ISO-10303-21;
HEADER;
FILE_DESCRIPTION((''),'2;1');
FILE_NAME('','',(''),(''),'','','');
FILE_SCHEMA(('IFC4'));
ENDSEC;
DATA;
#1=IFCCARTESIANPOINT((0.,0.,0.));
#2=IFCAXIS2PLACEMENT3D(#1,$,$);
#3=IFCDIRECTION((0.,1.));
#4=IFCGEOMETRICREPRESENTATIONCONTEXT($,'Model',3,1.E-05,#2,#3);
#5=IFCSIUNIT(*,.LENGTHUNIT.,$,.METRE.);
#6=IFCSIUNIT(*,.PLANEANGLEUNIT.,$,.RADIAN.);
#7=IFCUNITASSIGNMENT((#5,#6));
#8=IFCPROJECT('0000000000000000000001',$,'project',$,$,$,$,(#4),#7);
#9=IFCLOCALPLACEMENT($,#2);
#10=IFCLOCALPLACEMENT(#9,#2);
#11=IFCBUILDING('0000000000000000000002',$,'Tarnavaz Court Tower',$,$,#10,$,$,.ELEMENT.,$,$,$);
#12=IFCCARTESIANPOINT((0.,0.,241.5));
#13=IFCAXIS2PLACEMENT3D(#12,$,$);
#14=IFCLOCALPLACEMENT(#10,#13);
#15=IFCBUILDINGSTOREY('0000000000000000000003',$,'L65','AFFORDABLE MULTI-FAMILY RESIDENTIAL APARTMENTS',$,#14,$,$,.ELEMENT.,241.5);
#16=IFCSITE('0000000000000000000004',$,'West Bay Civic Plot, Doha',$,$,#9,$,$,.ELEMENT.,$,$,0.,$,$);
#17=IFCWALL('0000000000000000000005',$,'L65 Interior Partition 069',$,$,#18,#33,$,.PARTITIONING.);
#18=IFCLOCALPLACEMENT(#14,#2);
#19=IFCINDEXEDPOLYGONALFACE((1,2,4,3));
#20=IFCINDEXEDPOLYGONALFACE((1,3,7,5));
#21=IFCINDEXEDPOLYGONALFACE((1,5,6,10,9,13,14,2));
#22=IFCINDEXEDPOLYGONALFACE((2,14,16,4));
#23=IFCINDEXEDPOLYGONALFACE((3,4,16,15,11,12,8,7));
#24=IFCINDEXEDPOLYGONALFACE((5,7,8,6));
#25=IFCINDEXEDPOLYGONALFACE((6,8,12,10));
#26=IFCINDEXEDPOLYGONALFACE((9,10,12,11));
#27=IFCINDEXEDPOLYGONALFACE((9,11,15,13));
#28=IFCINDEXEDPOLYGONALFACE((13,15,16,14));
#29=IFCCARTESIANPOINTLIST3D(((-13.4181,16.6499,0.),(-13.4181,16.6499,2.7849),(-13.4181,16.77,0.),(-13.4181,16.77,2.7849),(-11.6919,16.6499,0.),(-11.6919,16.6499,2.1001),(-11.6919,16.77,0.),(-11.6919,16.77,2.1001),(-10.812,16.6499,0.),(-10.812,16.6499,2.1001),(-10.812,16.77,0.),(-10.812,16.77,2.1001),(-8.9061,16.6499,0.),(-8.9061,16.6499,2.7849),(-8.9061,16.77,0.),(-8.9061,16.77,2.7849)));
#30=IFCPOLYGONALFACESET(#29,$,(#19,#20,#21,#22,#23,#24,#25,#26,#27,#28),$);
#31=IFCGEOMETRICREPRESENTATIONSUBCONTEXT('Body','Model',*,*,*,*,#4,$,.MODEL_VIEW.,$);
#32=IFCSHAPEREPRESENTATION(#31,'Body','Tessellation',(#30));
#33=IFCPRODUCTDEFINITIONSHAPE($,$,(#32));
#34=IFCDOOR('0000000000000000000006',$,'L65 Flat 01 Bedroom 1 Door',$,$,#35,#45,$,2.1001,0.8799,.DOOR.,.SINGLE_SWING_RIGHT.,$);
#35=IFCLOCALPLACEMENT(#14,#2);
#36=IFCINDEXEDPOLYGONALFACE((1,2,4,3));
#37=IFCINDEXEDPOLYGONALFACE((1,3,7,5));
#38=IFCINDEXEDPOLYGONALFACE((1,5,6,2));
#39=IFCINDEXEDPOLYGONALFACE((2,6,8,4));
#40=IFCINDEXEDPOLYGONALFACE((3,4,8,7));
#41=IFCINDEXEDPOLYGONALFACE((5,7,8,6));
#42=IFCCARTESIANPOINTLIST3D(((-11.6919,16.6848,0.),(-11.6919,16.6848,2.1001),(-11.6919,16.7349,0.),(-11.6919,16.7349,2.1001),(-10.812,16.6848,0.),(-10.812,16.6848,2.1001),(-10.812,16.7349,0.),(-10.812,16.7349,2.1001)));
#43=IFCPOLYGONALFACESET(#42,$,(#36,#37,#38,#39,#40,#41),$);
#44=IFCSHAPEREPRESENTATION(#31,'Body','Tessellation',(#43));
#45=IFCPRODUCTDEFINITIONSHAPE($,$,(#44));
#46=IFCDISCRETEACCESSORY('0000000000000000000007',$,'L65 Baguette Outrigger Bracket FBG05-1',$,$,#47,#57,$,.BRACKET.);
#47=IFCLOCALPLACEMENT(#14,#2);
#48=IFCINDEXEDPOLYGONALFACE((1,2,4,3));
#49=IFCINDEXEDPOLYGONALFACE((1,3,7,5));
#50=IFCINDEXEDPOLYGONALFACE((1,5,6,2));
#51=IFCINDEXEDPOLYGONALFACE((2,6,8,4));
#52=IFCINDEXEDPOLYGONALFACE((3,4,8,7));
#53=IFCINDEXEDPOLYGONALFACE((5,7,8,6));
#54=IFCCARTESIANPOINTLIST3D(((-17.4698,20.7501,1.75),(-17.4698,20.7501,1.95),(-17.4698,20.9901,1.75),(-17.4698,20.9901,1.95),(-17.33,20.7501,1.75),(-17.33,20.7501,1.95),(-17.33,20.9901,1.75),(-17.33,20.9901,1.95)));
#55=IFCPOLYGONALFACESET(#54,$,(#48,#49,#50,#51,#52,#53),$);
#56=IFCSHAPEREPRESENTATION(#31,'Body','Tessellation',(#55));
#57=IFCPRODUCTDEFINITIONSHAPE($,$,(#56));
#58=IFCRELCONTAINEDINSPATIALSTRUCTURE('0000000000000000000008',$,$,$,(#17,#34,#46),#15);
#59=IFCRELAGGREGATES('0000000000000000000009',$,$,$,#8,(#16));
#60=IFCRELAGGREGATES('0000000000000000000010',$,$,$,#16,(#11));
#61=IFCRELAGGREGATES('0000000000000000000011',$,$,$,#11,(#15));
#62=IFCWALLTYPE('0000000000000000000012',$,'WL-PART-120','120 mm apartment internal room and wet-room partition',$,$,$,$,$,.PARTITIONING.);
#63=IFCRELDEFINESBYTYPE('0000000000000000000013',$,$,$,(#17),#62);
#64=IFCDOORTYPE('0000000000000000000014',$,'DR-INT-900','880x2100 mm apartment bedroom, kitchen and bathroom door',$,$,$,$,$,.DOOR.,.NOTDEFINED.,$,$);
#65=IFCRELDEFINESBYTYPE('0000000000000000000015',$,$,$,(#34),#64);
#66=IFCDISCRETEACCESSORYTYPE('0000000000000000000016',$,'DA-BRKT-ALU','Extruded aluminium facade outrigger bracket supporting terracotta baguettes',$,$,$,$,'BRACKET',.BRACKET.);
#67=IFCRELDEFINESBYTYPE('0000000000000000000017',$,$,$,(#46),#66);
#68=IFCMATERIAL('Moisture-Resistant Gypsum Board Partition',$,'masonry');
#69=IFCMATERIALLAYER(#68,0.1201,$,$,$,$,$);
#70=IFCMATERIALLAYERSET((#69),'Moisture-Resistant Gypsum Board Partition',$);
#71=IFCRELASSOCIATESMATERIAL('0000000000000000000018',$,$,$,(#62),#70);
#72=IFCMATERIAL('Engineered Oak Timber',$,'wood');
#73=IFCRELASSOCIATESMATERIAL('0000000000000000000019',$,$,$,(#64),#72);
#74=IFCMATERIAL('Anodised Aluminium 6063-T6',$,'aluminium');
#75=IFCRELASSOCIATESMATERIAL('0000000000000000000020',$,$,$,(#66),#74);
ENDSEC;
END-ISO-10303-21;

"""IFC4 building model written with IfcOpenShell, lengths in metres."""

from ifc_helpers import new_model, si_unit, direction, frame, frame_2d, origin, origin_2d, place, context, subcontext, project, spatial, rectangle, extrude, material, layer, layer_set, type_object, element, fill, save


model = new_model("IFC4")

# Units and contexts
model_context = context("Model", 3, precision=1e-05, world=origin(), true_north=direction((0.0, 1.0)))
body_context = subcontext(model_context, "Body", "Model", "MODEL_VIEW")
ifc_project = project(units=[si_unit("LENGTHUNIT", "METRE"), si_unit("PLANEANGLEUNIT", "RADIAN")], contexts=[model_context])

# Site, building, storey
site_placement = place(None, origin())
site = spatial("IfcSite", under=ifc_project, at=site_placement, Name="West Bay Civic Plot, Doha", CompositionType="ELEMENT", RefElevation=0.0)
building_placement = place(site_placement, origin())
building = spatial("IfcBuilding", under=site, at=building_placement, Name="Tarnavaz Court Tower", CompositionType="ELEMENT")
storey_placement = place(building_placement, frame((0.0, 0.0, 241.5)))
storey = spatial("IfcBuildingStorey", under=building, at=storey_placement, Name="L65", Description="AFFORDABLE MULTI-FAMILY RESIDENTIAL APARTMENTS", CompositionType="ELEMENT", Elevation=241.5)

# Wall, opening, door
ifc_material_1 = material(Name="Moisture-Resistant Gypsum Board Partition", Category="masonry")
ifc_layer = layer(ifc_material_1, 0.1201)
ifc_layer_set = layer_set([ifc_layer], Name="Moisture-Resistant Gypsum Board Partition")
wall_type = type_object("IfcWallType", Name="WL-PART-120", Description="120 mm apartment internal room and wet-room partition", PredefinedType="PARTITIONING", material=ifc_layer_set)
ifc_material_2 = material(Name="Engineered Oak Timber", Category="wood")
door_type_1 = type_object("IfcDoorType", Name="DR-INT-900", Description="880x2100 mm apartment bedroom, kitchen and bathroom door", OperationType="NOTDEFINED", PredefinedType="DOOR", material=ifc_material_2)
wall_1_placement = place(storey_placement, frame((-13.418, 16.71, 0.0), z_axis=(0.0, 0.0, 1.0), x_axis=(1.0, 0.0, 0.0)))
wall_1 = element("IfcWall", 1, at=wall_1_placement, inside=storey, type_object=wall_type, Name="L65 Interior Partition 069", PredefinedType="PARTITIONING", context=body_context, shape_type="SweptSolid", body=[
    extrude(rectangle(XDim=4.512, YDim=0.1201, at=frame_2d((2.2559, 0.0))), origin(), (0.0, 0.0, 1.0), 2.7849),
])
opening_1_placement = place(wall_1_placement, frame((1.7261, 0.0, 0.0)))
opening_1 = element("IfcOpeningElement", 2, at=opening_1_placement, cuts=wall_1, PredefinedType="OPENING", context=body_context, shape_type="SweptSolid", body=[
    extrude(rectangle(XDim=0.8799, YDim=2.1001, at=frame_2d((0.4399, 1.05))), frame((0.0, 0.0701, 0.0), z_axis=(0.0, -1.0, 0.0), x_axis=(1.0, 0.0, 0.0)), (0.0, 0.0, 1.0), 0.1401),
])
door_1_placement = place(opening_1_placement, origin())
door_1 = element("IfcDoor", 3, at=door_1_placement, inside=storey, type_object=door_type_1, Name="L65 Flat 01 Bedroom 1 Door", OperationType="SINGLE_SWING_RIGHT", OverallHeight=2.1001, OverallWidth=0.8799, PredefinedType="DOOR", context=body_context, shape_type="SweptSolid", body=[
    extrude(rectangle(XDim=0.8799, YDim=2.1001, at=frame_2d((0.4399, 1.05))), frame((0.0, 0.0249, 0.0), z_axis=(0.0, -1.0, 0.0), x_axis=(1.0, 0.0, 0.0)), (0.0, 0.0, 1.0), 0.05),
])
fill(opening_1, door_1)

# Discrete accessory
ifc_material_3 = material(Name="Anodised Aluminium 6063-T6", Category="aluminium")
discrete_accessory_type = type_object("IfcDiscreteAccessoryType", Name="DA-BRKT-ALU", Description="Extruded aluminium facade outrigger bracket supporting terracotta baguettes", ElementType="BRACKET", PredefinedType="BRACKET", material=ifc_material_3)
discrete_accessory_placement = place(storey_placement, frame((-17.3999, 20.8701, 1.75), z_axis=(0.0, 0.0, 1.0), x_axis=(1.0, 0.0, 0.0)))
element("IfcDiscreteAccessory", 4, at=discrete_accessory_placement, inside=storey, type_object=discrete_accessory_type, Name="L65 Baguette Outrigger Bracket FBG05-1", PredefinedType="BRACKET", context=body_context, shape_type="SweptSolid", body=[
    extrude(rectangle(XDim=0.1399, YDim=0.24, at=origin_2d()), origin(), (0.0, 0.0, 1.0), 0.2),
])

save(model, "model.ifc")
